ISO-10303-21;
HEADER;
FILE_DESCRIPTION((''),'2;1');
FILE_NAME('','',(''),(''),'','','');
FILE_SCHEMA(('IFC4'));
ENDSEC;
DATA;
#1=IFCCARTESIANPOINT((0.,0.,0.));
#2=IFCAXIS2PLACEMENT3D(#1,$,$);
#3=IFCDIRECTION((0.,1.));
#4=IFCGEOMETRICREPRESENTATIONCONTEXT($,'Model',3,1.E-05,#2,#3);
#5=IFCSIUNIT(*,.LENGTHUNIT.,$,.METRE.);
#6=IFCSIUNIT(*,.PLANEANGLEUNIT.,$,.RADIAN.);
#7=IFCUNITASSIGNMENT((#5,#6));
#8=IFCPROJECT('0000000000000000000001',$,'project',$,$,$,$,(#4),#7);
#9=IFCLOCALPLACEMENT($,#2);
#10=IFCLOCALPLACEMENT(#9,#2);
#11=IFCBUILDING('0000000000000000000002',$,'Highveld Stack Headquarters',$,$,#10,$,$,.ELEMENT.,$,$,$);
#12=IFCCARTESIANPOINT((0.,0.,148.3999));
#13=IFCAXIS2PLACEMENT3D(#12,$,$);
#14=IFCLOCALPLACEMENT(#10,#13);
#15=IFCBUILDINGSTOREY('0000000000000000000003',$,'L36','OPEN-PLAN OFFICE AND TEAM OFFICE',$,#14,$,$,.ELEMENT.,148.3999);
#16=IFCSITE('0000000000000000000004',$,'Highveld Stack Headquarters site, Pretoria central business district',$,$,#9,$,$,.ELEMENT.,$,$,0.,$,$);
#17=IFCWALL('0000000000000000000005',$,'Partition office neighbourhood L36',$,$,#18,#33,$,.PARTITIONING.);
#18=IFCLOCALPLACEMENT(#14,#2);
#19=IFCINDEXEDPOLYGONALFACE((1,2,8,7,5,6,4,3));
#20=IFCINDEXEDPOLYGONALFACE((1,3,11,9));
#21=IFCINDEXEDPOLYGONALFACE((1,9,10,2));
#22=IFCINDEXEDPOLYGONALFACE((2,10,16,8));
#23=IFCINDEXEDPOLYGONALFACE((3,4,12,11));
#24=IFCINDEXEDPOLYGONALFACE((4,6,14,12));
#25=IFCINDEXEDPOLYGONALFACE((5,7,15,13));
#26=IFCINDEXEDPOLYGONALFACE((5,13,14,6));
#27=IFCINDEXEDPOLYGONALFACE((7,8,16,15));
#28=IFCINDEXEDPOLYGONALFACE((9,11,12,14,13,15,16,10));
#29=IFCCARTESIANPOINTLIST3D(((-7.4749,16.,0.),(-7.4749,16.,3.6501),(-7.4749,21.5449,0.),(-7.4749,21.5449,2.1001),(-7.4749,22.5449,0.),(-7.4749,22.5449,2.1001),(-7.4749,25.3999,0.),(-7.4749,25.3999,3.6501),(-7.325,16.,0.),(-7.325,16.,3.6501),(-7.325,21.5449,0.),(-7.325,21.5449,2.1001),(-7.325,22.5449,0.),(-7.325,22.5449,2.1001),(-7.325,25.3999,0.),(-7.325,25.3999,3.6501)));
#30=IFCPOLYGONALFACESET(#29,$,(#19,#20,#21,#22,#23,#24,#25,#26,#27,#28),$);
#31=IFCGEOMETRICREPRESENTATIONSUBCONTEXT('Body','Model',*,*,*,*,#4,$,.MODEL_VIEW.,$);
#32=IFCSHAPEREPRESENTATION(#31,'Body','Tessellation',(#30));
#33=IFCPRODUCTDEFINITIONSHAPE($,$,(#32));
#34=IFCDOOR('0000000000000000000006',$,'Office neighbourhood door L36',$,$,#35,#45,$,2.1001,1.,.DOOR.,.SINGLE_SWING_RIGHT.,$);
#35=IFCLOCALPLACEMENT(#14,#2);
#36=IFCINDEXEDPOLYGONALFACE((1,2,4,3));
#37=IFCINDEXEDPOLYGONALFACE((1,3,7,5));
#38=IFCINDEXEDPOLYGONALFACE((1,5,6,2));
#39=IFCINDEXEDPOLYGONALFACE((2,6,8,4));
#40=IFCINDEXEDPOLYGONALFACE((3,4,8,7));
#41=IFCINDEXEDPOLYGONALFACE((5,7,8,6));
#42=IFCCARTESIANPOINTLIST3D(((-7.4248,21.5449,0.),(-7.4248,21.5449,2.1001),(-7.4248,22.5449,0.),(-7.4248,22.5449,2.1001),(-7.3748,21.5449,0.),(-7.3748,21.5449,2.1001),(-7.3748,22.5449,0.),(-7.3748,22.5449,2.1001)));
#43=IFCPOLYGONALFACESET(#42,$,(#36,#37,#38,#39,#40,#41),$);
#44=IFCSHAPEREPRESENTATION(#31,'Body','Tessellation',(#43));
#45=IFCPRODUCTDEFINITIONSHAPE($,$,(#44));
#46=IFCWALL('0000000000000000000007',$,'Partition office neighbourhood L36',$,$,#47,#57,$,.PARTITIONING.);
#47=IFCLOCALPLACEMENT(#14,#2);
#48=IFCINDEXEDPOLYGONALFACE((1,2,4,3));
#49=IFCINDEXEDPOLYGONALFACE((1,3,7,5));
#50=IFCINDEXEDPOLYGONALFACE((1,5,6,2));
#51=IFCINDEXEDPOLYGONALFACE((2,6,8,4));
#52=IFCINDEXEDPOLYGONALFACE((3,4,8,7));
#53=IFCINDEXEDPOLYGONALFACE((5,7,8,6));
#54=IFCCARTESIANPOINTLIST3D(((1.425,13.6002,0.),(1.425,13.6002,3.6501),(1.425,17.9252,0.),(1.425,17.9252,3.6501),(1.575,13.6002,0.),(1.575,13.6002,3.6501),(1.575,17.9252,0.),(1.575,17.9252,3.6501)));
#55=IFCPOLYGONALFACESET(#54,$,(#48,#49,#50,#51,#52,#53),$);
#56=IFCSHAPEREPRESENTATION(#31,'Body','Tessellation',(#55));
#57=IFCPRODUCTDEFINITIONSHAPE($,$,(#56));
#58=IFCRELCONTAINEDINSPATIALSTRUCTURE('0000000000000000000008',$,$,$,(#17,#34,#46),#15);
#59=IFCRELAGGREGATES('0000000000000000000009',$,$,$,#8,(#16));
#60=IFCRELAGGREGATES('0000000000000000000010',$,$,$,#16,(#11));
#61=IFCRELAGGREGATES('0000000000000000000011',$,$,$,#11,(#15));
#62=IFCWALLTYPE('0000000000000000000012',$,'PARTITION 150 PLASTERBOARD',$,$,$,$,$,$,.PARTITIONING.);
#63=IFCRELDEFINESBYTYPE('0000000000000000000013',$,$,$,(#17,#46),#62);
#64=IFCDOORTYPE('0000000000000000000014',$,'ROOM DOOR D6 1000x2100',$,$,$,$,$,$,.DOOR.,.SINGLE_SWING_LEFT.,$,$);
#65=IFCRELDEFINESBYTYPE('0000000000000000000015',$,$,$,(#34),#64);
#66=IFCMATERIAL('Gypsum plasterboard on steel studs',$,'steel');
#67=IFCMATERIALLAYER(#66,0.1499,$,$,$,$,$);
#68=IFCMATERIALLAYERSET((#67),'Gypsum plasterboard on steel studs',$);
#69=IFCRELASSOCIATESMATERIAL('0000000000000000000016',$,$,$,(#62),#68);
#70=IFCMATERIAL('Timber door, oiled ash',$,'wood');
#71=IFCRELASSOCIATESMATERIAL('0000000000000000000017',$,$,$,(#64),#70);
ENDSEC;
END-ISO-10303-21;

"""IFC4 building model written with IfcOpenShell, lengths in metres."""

from ifc_helpers import new_model, si_unit, direction, frame, frame_2d, origin, place, context, subcontext, project, spatial, rectangle, extrude, material, layer, layer_set, type_object, element, fill, save


model = new_model("IFC4")

# Units and contexts
model_context = context("Model", 3, precision=1e-05, world=origin(), true_north=direction((0.0, 1.0)))
body_context = subcontext(model_context, "Body", "Model", "MODEL_VIEW")
ifc_project = project(units=[si_unit("LENGTHUNIT", "METRE"), si_unit("PLANEANGLEUNIT", "RADIAN")], contexts=[model_context])

# Site, building, storey
site_placement = place(None, origin())
site = spatial("IfcSite", under=ifc_project, at=site_placement, Name="Highveld Stack Headquarters site, Pretoria central business district", CompositionType="ELEMENT", RefElevation=0.0)
building_placement = place(site_placement, origin())
building = spatial("IfcBuilding", under=site, at=building_placement, Name="Highveld Stack Headquarters", CompositionType="ELEMENT")
storey_placement = place(building_placement, frame((0.0, 0.0, 148.3999)))
storey = spatial("IfcBuildingStorey", under=building, at=storey_placement, Name="L36", Description="OPEN-PLAN OFFICE AND TEAM OFFICE", CompositionType="ELEMENT", Elevation=148.3999)

# Shared definitions
ifc_material_1 = material(Name="Gypsum plasterboard on steel studs", Category="steel")
ifc_layer_1 = layer(ifc_material_1, 0.1499)
ifc_layer_set_1 = layer_set([ifc_layer_1], Name="Gypsum plasterboard on steel studs")
wall_type_1 = type_object("IfcWallType", Name="PARTITION 150 PLASTERBOARD", PredefinedType="PARTITIONING", material=ifc_layer_set_1)
ifc_material_2 = material(Name="Timber door, oiled ash", Category="wood")
door_type = type_object("IfcDoorType", Name="ROOM DOOR D6 1000x2100", OperationType="SINGLE_SWING_LEFT", PredefinedType="DOOR", material=ifc_material_2)

# Wall, opening, door
wall_1_placement = place(storey_placement, frame((-7.3999, 16.0, 0.0), z_axis=(0.0, 0.0, 1.0), x_axis=(0.0, 1.0, 0.0)))
wall_1 = element("IfcWall", 1, at=wall_1_placement, inside=storey, type_object=wall_type_1, Name="Partition office neighbourhood L36", PredefinedType="PARTITIONING", context=body_context, shape_type="SweptSolid", body=[
    extrude(rectangle(XDim=9.3999, YDim=0.1499, at=frame_2d((4.7, 0.0))), origin(), (0.0, 0.0, 1.0), 3.6501),
])
opening_1_placement = place(wall_1_placement, frame((5.5449, 0.0, 0.0)))
opening_1 = element("IfcOpeningElement", 2, at=opening_1_placement, cuts=wall_1, PredefinedType="OPENING", context=body_context, shape_type="SweptSolid", body=[
    extrude(rectangle(XDim=1.0, YDim=2.1001, at=frame_2d((0.5, 1.05))), frame((0.0, 0.085, 0.0), z_axis=(0.0, -1.0, 0.0), x_axis=(1.0, 0.0, 0.0)), (0.0, 0.0, 1.0), 0.1699),
])
door_1_placement = place(opening_1_placement, origin())
door_1 = element("IfcDoor", 3, at=door_1_placement, inside=storey, type_object=door_type, Name="Office neighbourhood door L36", OperationType="SINGLE_SWING_RIGHT", OverallHeight=2.1001, OverallWidth=1.0, PredefinedType="DOOR", context=body_context, shape_type="SweptSolid", body=[
    extrude(rectangle(XDim=1.0, YDim=2.1001, at=frame_2d((0.5, 1.05))), frame((0.0, 0.0249, 0.0), z_axis=(0.0, -1.0, 0.0), x_axis=(1.0, 0.0, 0.0)), (0.0, 0.0, 1.0), 0.05),
])
fill(opening_1, door_1)

# Wall
wall_2_placement = place(storey_placement, frame((1.5, 13.6001, 0.0), z_axis=(0.0, 0.0, 1.0), x_axis=(0.0, 1.0, 0.0)))
element("IfcWall", 4, at=wall_2_placement, inside=storey, type_object=wall_type_1, Name="Partition office neighbourhood L36", PredefinedType="PARTITIONING", context=body_context, shape_type="SweptSolid", body=[
    extrude(rectangle(XDim=4.325, YDim=0.1499, at=frame_2d((2.1626, 0.0))), origin(), (0.0, 0.0, 1.0), 3.6501),
])

save(model, "model.ifc")
